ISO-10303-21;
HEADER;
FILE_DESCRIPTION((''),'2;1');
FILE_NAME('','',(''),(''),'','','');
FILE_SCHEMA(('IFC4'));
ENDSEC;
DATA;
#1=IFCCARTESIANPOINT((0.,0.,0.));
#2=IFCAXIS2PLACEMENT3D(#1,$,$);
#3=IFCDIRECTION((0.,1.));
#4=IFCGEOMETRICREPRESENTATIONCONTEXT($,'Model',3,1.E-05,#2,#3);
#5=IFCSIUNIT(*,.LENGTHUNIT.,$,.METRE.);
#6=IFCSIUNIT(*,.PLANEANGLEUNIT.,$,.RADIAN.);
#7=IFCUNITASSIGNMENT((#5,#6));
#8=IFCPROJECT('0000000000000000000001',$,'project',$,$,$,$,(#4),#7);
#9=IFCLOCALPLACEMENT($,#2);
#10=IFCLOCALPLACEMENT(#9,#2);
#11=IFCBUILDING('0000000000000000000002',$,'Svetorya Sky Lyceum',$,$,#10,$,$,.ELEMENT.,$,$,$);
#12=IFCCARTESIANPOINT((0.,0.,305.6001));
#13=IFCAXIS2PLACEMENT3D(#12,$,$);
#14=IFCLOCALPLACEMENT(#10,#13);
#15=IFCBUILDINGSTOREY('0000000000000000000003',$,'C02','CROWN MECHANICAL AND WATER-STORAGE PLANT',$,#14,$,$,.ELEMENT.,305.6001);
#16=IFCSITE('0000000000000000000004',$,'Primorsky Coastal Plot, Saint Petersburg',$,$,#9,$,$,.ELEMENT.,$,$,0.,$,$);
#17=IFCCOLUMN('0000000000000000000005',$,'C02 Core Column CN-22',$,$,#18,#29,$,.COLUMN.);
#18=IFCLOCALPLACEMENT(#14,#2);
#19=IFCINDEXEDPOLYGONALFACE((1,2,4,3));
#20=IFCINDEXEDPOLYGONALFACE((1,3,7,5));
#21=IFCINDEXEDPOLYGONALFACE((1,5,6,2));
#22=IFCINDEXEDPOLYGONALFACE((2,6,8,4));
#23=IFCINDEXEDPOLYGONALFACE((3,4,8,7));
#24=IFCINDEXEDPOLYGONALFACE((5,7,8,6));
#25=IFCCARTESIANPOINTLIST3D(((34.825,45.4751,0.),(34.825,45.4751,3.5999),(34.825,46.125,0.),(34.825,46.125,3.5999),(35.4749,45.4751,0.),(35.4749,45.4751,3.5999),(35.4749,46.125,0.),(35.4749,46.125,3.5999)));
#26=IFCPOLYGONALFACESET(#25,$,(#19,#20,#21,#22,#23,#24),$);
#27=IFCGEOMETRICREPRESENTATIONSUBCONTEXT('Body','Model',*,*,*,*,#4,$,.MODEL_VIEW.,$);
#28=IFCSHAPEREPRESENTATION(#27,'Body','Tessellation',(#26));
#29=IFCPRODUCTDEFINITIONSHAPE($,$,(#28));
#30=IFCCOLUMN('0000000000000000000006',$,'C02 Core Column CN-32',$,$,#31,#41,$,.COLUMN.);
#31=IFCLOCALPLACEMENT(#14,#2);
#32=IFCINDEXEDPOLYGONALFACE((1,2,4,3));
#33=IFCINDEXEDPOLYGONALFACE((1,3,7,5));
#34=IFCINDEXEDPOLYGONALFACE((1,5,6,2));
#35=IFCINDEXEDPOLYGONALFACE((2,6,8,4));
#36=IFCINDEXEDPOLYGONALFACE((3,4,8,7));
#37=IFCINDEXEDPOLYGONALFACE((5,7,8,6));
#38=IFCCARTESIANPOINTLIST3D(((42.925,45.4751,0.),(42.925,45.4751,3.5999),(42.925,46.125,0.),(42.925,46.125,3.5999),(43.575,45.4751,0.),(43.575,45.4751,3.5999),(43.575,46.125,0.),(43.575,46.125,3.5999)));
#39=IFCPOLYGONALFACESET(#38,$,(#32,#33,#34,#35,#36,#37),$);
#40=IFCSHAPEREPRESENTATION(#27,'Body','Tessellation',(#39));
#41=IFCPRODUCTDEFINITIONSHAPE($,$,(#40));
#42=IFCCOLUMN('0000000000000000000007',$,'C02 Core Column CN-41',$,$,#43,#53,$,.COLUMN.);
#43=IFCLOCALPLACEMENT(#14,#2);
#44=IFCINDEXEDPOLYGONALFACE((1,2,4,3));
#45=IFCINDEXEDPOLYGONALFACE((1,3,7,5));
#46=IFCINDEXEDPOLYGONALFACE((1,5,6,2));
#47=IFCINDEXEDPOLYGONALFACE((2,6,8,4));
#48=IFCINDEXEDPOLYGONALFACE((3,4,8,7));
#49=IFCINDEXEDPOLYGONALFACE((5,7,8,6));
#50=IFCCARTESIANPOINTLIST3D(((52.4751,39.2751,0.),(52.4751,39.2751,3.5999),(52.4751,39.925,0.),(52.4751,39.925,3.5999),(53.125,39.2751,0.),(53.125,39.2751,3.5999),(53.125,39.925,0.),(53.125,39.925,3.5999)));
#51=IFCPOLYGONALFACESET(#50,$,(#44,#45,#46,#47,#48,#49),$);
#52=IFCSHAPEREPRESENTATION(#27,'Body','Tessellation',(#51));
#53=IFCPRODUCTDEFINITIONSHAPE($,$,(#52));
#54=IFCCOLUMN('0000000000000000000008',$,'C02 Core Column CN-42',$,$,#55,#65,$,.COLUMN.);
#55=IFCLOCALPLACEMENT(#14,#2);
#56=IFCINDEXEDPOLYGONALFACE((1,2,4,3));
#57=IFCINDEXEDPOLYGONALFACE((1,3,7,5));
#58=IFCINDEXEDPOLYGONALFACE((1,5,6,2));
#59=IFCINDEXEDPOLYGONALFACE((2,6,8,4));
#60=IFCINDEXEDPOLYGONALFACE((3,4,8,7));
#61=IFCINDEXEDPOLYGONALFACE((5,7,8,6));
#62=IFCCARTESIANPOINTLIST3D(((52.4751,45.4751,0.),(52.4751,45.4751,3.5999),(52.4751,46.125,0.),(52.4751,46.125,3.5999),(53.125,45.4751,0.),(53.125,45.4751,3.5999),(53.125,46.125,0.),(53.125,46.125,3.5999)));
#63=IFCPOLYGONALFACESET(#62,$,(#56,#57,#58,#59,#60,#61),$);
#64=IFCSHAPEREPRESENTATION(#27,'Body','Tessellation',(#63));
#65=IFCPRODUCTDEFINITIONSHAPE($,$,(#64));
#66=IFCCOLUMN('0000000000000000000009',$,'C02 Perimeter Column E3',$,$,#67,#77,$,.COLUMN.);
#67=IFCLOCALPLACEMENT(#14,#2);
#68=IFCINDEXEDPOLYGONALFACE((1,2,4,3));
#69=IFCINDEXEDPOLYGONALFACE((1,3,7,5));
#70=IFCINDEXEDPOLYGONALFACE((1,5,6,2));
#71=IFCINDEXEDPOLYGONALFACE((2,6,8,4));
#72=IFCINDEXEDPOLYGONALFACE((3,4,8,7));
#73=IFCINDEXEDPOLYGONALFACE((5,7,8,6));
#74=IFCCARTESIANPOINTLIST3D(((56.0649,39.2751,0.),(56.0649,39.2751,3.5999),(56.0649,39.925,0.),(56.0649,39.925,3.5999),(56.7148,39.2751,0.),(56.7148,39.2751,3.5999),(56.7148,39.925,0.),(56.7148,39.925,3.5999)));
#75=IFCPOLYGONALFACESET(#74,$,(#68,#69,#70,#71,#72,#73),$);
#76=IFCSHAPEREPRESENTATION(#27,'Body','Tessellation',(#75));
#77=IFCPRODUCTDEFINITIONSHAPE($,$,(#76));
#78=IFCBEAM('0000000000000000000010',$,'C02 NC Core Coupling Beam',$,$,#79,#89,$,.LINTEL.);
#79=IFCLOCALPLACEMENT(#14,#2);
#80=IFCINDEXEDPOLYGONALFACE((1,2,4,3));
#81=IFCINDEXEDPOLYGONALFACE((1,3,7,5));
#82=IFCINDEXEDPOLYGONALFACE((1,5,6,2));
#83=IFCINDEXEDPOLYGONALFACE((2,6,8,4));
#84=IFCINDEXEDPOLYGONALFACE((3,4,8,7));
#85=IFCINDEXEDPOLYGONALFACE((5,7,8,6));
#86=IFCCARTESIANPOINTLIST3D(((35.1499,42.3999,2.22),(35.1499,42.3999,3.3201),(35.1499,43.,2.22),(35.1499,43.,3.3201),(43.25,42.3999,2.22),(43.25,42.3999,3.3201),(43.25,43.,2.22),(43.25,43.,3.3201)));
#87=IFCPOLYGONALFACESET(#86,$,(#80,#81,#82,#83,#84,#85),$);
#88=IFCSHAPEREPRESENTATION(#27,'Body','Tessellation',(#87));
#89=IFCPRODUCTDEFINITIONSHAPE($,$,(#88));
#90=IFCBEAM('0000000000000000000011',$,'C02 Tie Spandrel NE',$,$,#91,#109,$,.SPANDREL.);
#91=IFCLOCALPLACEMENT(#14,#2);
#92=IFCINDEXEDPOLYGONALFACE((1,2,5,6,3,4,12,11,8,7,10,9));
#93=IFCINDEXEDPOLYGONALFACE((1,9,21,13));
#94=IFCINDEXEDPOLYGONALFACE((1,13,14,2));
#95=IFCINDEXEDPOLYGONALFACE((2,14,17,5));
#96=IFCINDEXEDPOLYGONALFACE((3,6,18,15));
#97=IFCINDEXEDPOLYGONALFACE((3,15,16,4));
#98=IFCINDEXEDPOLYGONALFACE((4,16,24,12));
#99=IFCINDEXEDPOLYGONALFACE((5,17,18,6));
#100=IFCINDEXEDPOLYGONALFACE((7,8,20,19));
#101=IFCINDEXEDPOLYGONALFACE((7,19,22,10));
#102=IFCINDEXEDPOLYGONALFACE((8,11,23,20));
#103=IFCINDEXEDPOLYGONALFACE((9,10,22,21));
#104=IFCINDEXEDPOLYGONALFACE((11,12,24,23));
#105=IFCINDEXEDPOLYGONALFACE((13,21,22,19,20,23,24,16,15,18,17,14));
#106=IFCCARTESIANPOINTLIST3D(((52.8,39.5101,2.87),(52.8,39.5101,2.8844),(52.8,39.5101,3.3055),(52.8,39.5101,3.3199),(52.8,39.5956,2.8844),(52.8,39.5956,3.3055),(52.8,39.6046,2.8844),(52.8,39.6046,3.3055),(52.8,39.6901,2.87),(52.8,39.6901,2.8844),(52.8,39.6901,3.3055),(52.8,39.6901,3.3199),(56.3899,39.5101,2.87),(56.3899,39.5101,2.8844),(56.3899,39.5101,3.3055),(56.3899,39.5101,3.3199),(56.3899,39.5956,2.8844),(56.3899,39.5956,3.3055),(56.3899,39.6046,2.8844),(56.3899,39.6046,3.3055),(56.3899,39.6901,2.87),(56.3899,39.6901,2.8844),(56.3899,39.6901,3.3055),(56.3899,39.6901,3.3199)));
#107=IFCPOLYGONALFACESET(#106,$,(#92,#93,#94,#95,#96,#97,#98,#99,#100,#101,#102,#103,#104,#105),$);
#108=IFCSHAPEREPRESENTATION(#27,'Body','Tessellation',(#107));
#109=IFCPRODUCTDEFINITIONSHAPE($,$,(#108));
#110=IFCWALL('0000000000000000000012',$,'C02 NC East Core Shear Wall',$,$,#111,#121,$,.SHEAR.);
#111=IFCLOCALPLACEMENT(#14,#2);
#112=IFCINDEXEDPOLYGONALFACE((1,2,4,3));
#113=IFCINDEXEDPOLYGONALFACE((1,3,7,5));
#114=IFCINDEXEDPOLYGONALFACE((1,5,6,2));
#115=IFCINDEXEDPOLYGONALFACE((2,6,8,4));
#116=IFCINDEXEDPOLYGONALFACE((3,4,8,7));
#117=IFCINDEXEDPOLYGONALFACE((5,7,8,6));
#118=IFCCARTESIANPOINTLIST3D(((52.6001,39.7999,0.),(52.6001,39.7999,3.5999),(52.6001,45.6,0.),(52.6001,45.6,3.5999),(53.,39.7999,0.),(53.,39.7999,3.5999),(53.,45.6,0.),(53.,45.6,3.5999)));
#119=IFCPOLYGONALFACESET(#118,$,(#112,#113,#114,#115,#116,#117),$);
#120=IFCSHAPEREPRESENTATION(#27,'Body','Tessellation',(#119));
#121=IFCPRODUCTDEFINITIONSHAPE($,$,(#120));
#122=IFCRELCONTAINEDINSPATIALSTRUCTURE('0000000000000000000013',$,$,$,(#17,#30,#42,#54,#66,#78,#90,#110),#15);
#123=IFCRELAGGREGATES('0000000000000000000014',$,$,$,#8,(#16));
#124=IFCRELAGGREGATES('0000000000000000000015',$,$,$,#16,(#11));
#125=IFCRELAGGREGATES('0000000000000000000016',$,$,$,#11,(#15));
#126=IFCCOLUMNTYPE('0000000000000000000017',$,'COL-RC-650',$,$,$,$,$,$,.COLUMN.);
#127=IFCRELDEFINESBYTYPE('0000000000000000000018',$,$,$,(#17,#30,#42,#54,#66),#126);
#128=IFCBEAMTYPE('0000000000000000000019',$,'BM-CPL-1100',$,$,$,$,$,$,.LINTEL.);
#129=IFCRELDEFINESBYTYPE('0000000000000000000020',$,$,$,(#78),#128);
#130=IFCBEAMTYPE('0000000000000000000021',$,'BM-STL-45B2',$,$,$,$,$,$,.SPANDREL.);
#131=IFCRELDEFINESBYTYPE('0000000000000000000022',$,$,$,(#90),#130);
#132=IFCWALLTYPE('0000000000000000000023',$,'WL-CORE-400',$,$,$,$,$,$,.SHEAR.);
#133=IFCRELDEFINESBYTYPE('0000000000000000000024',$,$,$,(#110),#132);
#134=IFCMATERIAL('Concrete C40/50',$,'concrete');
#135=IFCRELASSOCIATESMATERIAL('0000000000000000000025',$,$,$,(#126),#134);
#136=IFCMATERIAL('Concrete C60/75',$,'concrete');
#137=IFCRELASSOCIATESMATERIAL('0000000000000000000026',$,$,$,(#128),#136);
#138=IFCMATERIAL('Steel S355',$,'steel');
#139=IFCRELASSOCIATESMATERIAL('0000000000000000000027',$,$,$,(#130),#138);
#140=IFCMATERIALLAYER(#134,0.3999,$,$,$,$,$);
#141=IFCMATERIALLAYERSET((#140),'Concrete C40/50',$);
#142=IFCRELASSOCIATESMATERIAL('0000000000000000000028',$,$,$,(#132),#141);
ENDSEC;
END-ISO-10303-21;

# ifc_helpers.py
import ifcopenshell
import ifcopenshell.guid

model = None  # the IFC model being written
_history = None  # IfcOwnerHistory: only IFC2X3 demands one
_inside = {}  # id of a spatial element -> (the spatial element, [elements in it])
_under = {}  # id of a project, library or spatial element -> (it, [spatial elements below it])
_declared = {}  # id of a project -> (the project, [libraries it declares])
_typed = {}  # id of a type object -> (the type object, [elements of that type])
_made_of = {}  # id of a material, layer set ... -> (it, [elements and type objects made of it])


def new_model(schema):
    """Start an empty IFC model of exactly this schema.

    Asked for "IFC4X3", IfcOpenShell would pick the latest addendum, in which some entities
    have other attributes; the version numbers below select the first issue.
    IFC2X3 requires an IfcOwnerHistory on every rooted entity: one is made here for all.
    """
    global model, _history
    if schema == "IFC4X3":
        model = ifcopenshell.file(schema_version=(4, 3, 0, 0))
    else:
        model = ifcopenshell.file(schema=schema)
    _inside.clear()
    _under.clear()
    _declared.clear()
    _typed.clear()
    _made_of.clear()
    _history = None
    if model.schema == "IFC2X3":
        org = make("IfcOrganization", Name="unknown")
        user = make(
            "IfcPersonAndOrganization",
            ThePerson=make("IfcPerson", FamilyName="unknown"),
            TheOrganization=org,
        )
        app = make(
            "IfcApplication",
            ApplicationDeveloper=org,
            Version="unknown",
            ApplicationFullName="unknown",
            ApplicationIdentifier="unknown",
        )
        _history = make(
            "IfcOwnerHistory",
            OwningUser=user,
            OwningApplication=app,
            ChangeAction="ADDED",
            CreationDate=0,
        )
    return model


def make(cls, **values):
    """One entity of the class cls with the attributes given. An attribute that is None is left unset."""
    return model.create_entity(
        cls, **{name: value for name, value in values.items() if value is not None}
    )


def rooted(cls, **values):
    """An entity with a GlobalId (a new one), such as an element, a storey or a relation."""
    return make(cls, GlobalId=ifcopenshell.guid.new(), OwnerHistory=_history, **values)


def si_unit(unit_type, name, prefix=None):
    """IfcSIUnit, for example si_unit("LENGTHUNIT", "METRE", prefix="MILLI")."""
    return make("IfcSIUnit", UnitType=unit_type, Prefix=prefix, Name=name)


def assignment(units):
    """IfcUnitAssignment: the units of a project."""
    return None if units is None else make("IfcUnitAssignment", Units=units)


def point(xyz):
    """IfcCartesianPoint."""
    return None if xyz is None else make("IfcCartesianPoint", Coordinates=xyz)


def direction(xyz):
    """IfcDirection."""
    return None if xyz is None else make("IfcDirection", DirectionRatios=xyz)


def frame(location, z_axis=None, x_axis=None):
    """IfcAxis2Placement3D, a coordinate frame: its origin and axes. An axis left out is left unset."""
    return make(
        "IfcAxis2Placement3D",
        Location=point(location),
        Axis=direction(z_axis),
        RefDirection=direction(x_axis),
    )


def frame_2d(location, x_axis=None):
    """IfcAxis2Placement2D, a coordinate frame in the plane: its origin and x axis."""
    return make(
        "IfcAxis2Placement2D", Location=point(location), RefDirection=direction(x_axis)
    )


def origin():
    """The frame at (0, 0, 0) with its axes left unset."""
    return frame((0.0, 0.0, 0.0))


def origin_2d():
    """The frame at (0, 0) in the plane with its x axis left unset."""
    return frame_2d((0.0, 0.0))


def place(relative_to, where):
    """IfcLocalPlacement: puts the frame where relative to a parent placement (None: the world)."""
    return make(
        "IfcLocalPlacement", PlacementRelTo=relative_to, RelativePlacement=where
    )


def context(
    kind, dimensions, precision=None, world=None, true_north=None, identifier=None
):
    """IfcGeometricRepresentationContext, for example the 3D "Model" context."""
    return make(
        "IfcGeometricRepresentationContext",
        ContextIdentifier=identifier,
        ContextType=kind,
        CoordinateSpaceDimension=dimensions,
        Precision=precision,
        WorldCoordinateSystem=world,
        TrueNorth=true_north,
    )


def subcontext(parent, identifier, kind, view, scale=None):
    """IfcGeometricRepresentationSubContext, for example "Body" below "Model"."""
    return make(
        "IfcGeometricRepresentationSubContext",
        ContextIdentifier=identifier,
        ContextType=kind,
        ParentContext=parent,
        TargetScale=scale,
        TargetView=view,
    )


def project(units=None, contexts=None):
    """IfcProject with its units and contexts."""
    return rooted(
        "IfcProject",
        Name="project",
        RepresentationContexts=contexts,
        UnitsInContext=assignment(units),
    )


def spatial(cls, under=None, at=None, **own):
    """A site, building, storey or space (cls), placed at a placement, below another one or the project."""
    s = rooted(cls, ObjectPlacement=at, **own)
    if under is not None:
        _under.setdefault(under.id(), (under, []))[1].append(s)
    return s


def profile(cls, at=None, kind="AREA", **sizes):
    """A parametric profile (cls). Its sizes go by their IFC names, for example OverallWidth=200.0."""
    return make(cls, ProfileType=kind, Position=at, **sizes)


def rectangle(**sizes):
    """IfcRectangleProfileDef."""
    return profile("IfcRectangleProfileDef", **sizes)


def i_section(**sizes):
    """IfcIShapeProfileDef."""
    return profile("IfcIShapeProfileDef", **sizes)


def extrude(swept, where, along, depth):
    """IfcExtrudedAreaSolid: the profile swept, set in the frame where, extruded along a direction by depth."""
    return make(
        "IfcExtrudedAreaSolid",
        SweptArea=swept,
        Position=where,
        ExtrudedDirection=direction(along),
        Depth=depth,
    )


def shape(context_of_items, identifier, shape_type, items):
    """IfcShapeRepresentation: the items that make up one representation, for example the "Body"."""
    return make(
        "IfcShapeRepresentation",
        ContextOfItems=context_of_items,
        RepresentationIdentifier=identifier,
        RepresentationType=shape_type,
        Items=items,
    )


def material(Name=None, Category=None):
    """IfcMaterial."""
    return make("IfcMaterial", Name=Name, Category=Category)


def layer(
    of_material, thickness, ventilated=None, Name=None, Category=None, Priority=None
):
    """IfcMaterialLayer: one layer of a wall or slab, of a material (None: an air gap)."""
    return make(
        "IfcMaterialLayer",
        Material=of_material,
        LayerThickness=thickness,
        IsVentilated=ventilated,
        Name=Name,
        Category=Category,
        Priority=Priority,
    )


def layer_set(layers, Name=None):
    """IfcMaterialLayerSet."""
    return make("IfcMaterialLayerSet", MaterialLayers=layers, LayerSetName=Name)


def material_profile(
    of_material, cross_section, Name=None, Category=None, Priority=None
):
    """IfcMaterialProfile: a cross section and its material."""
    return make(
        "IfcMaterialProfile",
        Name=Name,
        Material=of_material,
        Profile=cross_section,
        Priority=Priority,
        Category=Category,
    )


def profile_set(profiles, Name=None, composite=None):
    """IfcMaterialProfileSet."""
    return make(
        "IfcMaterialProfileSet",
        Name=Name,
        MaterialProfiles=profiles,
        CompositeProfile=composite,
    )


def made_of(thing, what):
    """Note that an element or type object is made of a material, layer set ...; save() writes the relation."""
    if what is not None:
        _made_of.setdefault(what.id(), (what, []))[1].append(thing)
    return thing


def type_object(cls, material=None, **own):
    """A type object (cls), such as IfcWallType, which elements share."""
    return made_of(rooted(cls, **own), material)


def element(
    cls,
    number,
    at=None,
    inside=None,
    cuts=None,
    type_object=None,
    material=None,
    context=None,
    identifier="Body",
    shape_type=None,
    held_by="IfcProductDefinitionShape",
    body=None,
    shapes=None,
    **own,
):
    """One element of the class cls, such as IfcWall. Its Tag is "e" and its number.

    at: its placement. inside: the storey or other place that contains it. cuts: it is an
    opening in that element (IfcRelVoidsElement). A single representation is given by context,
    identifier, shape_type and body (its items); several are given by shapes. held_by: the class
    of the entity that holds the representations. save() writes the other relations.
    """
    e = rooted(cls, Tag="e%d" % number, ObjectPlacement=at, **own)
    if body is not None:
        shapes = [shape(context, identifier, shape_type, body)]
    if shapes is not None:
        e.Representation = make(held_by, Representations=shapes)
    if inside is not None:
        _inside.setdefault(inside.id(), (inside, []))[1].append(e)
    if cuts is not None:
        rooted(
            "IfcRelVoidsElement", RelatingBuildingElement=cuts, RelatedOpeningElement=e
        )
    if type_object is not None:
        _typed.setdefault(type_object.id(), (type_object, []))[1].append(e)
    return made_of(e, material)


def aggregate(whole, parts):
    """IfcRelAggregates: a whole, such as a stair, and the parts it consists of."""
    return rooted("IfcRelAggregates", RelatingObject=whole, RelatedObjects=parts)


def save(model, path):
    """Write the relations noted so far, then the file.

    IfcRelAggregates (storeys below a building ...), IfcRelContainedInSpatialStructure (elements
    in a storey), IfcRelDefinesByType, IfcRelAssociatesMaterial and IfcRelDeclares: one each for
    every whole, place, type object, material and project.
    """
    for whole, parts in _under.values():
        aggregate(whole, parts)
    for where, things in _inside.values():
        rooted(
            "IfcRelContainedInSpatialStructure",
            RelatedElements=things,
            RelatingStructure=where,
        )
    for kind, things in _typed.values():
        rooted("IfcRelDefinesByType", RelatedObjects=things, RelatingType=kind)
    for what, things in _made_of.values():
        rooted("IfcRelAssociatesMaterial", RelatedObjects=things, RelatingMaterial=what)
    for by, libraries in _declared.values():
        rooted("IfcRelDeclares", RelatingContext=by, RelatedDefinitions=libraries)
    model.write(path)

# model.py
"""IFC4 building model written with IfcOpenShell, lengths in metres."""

from ifc_helpers import new_model, si_unit, direction, frame, frame_2d, origin, origin_2d, place, context, subcontext, project, spatial, rectangle, i_section, extrude, material, layer, layer_set, material_profile, profile_set, type_object, element, save


model = new_model("IFC4")

# Units and contexts
model_context = context("Model", 3, precision=1e-05, world=origin(), true_north=direction((0.0, 1.0)))
body_context = subcontext(model_context, "Body", "Model", "MODEL_VIEW")
ifc_project = project(units=[si_unit("LENGTHUNIT", "METRE"), si_unit("PLANEANGLEUNIT", "RADIAN")], contexts=[model_context])

# Site, building, storey
site_placement = place(None, origin())
site = spatial("IfcSite", under=ifc_project, at=site_placement, Name="Primorsky Coastal Plot, Saint Petersburg", CompositionType="ELEMENT", RefElevation=0.0)
building_placement = place(site_placement, origin())
building = spatial("IfcBuilding", under=site, at=building_placement, Name="Svetorya Sky Lyceum", CompositionType="ELEMENT")
storey_placement = place(building_placement, frame((0.0, 0.0, 305.6001)))
storey = spatial("IfcBuildingStorey", under=building, at=storey_placement, Name="C02", Description="CROWN MECHANICAL AND WATER-STORAGE PLANT", CompositionType="ELEMENT", Elevation=305.6001)

# Columns
ifc_material_1 = material(Name="Concrete C40/50", Category="concrete")
ifc_material_profile_1 = material_profile(ifc_material_1, rectangle(XDim=0.6499, YDim=0.6499, at=origin_2d()), Name="RC COL 650x650")
ifc_profile_set_1 = profile_set([ifc_material_profile_1], Name="Concrete C40/50")
column_type = type_object("IfcColumnType", Name="COL-RC-650", PredefinedType="COLUMN", material=ifc_profile_set_1)
for number, where, z_axis, x_axis, name in (
    (1, (35.1499, 45.8, 0.0), (0.0, 0.0, 1.0), (1.0, 0.0, 0.0), "C02 Core Column CN-22"),
    (2, (43.25, 45.8, 0.0), (0.0, 0.0, 1.0), (1.0, 0.0, 0.0), "C02 Core Column CN-32"),
    (3, (52.8, 39.6001, 0.0), (0.0, 0.0, 1.0), (1.0, 0.0, 0.0), "C02 Core Column CN-41"),
    (4, (52.8, 45.8, 0.0), (0.0, 0.0, 1.0), (1.0, 0.0, 0.0), "C02 Core Column CN-42"),
    (5, (56.3899, 39.6001, 0.0), (0.0, 0.0, 1.0), (1.0, 0.0, 0.0), "C02 Perimeter Column E3"),
):
    element("IfcColumn", number, at=place(storey_placement, frame(where, z_axis=z_axis, x_axis=x_axis)), inside=storey, type_object=column_type, Name=name, PredefinedType="COLUMN", context=body_context, shape_type="SweptSolid", body=[
        extrude(rectangle(XDim=0.6499, YDim=0.6499, at=origin_2d()), origin(), (0.0, 0.0, 1.0), 3.5999),
    ])

# Beams
ifc_material_2 = material(Name="Concrete C60/75", Category="concrete")
ifc_material_profile_2 = material_profile(ifc_material_2, rectangle(XDim=0.6001, YDim=1.1001, at=origin_2d()), Name="RC COUPLING 600x1100")
ifc_profile_set_2 = profile_set([ifc_material_profile_2], Name="Concrete C60/75")
beam_type_1 = type_object("IfcBeamType", Name="BM-CPL-1100", PredefinedType="LINTEL", material=ifc_profile_set_2)
beam_1_placement = place(storey_placement, frame((35.1499, 42.7, 2.77), z_axis=(1.0, 0.0, 0.0), x_axis=(0.0, 1.0, 0.0)))
element("IfcBeam", 6, at=beam_1_placement, inside=storey, type_object=beam_type_1, Name="C02 NC Core Coupling Beam", PredefinedType="LINTEL", context=body_context, shape_type="SweptSolid", body=[
    extrude(rectangle(XDim=0.6001, YDim=1.1001, at=origin_2d()), origin(), (0.0, 0.0, 1.0), 8.1001),
])
ifc_material_3 = material(Name="Steel S355", Category="steel")
ifc_material_profile_3 = material_profile(ifc_material_3, i_section(OverallWidth=0.1799, OverallDepth=0.45, WebThickness=0.009, FlangeThickness=0.0144, at=origin_2d()), Name="GOST 45B2")
ifc_profile_set_3 = profile_set([ifc_material_profile_3], Name="Steel S355")
beam_type_2 = type_object("IfcBeamType", Name="BM-STL-45B2", PredefinedType="SPANDREL", material=ifc_profile_set_3)
beam_2_placement = place(storey_placement, frame((52.8, 39.6001, 3.095), z_axis=(1.0, 0.0, 0.0), x_axis=(0.0, 1.0, 0.0)))
element("IfcBeam", 7, at=beam_2_placement, inside=storey, type_object=beam_type_2, Name="C02 Tie Spandrel NE", PredefinedType="SPANDREL", context=body_context, shape_type="SweptSolid", body=[
    extrude(i_section(OverallWidth=0.1799, OverallDepth=0.45, WebThickness=0.009, FlangeThickness=0.0144, at=origin_2d()), origin(), (0.0, 0.0, 1.0), 3.5898),
])

# Wall
ifc_layer_1 = layer(ifc_material_1, 0.3999)
ifc_layer_set_1 = layer_set([ifc_layer_1], Name="Concrete C40/50")
wall_type_1 = type_object("IfcWallType", Name="WL-CORE-400", PredefinedType="SHEAR", material=ifc_layer_set_1)
wall_1_placement = place(storey_placement, frame((52.8, 39.8, 0.0), z_axis=(0.0, 0.0, 1.0), x_axis=(0.0, 1.0, 0.0)))
element("IfcWall", 8, at=wall_1_placement, inside=storey, type_object=wall_type_1, Name="C02 NC East Core Shear Wall", PredefinedType="SHEAR", context=body_context, shape_type="SweptSolid", body=[
    extrude(rectangle(XDim=5.8, YDim=0.3999, at=frame_2d((2.8999, 0.0))), origin(), (0.0, 0.0, 1.0), 3.5999),
])

save(model, "model.ifc")
